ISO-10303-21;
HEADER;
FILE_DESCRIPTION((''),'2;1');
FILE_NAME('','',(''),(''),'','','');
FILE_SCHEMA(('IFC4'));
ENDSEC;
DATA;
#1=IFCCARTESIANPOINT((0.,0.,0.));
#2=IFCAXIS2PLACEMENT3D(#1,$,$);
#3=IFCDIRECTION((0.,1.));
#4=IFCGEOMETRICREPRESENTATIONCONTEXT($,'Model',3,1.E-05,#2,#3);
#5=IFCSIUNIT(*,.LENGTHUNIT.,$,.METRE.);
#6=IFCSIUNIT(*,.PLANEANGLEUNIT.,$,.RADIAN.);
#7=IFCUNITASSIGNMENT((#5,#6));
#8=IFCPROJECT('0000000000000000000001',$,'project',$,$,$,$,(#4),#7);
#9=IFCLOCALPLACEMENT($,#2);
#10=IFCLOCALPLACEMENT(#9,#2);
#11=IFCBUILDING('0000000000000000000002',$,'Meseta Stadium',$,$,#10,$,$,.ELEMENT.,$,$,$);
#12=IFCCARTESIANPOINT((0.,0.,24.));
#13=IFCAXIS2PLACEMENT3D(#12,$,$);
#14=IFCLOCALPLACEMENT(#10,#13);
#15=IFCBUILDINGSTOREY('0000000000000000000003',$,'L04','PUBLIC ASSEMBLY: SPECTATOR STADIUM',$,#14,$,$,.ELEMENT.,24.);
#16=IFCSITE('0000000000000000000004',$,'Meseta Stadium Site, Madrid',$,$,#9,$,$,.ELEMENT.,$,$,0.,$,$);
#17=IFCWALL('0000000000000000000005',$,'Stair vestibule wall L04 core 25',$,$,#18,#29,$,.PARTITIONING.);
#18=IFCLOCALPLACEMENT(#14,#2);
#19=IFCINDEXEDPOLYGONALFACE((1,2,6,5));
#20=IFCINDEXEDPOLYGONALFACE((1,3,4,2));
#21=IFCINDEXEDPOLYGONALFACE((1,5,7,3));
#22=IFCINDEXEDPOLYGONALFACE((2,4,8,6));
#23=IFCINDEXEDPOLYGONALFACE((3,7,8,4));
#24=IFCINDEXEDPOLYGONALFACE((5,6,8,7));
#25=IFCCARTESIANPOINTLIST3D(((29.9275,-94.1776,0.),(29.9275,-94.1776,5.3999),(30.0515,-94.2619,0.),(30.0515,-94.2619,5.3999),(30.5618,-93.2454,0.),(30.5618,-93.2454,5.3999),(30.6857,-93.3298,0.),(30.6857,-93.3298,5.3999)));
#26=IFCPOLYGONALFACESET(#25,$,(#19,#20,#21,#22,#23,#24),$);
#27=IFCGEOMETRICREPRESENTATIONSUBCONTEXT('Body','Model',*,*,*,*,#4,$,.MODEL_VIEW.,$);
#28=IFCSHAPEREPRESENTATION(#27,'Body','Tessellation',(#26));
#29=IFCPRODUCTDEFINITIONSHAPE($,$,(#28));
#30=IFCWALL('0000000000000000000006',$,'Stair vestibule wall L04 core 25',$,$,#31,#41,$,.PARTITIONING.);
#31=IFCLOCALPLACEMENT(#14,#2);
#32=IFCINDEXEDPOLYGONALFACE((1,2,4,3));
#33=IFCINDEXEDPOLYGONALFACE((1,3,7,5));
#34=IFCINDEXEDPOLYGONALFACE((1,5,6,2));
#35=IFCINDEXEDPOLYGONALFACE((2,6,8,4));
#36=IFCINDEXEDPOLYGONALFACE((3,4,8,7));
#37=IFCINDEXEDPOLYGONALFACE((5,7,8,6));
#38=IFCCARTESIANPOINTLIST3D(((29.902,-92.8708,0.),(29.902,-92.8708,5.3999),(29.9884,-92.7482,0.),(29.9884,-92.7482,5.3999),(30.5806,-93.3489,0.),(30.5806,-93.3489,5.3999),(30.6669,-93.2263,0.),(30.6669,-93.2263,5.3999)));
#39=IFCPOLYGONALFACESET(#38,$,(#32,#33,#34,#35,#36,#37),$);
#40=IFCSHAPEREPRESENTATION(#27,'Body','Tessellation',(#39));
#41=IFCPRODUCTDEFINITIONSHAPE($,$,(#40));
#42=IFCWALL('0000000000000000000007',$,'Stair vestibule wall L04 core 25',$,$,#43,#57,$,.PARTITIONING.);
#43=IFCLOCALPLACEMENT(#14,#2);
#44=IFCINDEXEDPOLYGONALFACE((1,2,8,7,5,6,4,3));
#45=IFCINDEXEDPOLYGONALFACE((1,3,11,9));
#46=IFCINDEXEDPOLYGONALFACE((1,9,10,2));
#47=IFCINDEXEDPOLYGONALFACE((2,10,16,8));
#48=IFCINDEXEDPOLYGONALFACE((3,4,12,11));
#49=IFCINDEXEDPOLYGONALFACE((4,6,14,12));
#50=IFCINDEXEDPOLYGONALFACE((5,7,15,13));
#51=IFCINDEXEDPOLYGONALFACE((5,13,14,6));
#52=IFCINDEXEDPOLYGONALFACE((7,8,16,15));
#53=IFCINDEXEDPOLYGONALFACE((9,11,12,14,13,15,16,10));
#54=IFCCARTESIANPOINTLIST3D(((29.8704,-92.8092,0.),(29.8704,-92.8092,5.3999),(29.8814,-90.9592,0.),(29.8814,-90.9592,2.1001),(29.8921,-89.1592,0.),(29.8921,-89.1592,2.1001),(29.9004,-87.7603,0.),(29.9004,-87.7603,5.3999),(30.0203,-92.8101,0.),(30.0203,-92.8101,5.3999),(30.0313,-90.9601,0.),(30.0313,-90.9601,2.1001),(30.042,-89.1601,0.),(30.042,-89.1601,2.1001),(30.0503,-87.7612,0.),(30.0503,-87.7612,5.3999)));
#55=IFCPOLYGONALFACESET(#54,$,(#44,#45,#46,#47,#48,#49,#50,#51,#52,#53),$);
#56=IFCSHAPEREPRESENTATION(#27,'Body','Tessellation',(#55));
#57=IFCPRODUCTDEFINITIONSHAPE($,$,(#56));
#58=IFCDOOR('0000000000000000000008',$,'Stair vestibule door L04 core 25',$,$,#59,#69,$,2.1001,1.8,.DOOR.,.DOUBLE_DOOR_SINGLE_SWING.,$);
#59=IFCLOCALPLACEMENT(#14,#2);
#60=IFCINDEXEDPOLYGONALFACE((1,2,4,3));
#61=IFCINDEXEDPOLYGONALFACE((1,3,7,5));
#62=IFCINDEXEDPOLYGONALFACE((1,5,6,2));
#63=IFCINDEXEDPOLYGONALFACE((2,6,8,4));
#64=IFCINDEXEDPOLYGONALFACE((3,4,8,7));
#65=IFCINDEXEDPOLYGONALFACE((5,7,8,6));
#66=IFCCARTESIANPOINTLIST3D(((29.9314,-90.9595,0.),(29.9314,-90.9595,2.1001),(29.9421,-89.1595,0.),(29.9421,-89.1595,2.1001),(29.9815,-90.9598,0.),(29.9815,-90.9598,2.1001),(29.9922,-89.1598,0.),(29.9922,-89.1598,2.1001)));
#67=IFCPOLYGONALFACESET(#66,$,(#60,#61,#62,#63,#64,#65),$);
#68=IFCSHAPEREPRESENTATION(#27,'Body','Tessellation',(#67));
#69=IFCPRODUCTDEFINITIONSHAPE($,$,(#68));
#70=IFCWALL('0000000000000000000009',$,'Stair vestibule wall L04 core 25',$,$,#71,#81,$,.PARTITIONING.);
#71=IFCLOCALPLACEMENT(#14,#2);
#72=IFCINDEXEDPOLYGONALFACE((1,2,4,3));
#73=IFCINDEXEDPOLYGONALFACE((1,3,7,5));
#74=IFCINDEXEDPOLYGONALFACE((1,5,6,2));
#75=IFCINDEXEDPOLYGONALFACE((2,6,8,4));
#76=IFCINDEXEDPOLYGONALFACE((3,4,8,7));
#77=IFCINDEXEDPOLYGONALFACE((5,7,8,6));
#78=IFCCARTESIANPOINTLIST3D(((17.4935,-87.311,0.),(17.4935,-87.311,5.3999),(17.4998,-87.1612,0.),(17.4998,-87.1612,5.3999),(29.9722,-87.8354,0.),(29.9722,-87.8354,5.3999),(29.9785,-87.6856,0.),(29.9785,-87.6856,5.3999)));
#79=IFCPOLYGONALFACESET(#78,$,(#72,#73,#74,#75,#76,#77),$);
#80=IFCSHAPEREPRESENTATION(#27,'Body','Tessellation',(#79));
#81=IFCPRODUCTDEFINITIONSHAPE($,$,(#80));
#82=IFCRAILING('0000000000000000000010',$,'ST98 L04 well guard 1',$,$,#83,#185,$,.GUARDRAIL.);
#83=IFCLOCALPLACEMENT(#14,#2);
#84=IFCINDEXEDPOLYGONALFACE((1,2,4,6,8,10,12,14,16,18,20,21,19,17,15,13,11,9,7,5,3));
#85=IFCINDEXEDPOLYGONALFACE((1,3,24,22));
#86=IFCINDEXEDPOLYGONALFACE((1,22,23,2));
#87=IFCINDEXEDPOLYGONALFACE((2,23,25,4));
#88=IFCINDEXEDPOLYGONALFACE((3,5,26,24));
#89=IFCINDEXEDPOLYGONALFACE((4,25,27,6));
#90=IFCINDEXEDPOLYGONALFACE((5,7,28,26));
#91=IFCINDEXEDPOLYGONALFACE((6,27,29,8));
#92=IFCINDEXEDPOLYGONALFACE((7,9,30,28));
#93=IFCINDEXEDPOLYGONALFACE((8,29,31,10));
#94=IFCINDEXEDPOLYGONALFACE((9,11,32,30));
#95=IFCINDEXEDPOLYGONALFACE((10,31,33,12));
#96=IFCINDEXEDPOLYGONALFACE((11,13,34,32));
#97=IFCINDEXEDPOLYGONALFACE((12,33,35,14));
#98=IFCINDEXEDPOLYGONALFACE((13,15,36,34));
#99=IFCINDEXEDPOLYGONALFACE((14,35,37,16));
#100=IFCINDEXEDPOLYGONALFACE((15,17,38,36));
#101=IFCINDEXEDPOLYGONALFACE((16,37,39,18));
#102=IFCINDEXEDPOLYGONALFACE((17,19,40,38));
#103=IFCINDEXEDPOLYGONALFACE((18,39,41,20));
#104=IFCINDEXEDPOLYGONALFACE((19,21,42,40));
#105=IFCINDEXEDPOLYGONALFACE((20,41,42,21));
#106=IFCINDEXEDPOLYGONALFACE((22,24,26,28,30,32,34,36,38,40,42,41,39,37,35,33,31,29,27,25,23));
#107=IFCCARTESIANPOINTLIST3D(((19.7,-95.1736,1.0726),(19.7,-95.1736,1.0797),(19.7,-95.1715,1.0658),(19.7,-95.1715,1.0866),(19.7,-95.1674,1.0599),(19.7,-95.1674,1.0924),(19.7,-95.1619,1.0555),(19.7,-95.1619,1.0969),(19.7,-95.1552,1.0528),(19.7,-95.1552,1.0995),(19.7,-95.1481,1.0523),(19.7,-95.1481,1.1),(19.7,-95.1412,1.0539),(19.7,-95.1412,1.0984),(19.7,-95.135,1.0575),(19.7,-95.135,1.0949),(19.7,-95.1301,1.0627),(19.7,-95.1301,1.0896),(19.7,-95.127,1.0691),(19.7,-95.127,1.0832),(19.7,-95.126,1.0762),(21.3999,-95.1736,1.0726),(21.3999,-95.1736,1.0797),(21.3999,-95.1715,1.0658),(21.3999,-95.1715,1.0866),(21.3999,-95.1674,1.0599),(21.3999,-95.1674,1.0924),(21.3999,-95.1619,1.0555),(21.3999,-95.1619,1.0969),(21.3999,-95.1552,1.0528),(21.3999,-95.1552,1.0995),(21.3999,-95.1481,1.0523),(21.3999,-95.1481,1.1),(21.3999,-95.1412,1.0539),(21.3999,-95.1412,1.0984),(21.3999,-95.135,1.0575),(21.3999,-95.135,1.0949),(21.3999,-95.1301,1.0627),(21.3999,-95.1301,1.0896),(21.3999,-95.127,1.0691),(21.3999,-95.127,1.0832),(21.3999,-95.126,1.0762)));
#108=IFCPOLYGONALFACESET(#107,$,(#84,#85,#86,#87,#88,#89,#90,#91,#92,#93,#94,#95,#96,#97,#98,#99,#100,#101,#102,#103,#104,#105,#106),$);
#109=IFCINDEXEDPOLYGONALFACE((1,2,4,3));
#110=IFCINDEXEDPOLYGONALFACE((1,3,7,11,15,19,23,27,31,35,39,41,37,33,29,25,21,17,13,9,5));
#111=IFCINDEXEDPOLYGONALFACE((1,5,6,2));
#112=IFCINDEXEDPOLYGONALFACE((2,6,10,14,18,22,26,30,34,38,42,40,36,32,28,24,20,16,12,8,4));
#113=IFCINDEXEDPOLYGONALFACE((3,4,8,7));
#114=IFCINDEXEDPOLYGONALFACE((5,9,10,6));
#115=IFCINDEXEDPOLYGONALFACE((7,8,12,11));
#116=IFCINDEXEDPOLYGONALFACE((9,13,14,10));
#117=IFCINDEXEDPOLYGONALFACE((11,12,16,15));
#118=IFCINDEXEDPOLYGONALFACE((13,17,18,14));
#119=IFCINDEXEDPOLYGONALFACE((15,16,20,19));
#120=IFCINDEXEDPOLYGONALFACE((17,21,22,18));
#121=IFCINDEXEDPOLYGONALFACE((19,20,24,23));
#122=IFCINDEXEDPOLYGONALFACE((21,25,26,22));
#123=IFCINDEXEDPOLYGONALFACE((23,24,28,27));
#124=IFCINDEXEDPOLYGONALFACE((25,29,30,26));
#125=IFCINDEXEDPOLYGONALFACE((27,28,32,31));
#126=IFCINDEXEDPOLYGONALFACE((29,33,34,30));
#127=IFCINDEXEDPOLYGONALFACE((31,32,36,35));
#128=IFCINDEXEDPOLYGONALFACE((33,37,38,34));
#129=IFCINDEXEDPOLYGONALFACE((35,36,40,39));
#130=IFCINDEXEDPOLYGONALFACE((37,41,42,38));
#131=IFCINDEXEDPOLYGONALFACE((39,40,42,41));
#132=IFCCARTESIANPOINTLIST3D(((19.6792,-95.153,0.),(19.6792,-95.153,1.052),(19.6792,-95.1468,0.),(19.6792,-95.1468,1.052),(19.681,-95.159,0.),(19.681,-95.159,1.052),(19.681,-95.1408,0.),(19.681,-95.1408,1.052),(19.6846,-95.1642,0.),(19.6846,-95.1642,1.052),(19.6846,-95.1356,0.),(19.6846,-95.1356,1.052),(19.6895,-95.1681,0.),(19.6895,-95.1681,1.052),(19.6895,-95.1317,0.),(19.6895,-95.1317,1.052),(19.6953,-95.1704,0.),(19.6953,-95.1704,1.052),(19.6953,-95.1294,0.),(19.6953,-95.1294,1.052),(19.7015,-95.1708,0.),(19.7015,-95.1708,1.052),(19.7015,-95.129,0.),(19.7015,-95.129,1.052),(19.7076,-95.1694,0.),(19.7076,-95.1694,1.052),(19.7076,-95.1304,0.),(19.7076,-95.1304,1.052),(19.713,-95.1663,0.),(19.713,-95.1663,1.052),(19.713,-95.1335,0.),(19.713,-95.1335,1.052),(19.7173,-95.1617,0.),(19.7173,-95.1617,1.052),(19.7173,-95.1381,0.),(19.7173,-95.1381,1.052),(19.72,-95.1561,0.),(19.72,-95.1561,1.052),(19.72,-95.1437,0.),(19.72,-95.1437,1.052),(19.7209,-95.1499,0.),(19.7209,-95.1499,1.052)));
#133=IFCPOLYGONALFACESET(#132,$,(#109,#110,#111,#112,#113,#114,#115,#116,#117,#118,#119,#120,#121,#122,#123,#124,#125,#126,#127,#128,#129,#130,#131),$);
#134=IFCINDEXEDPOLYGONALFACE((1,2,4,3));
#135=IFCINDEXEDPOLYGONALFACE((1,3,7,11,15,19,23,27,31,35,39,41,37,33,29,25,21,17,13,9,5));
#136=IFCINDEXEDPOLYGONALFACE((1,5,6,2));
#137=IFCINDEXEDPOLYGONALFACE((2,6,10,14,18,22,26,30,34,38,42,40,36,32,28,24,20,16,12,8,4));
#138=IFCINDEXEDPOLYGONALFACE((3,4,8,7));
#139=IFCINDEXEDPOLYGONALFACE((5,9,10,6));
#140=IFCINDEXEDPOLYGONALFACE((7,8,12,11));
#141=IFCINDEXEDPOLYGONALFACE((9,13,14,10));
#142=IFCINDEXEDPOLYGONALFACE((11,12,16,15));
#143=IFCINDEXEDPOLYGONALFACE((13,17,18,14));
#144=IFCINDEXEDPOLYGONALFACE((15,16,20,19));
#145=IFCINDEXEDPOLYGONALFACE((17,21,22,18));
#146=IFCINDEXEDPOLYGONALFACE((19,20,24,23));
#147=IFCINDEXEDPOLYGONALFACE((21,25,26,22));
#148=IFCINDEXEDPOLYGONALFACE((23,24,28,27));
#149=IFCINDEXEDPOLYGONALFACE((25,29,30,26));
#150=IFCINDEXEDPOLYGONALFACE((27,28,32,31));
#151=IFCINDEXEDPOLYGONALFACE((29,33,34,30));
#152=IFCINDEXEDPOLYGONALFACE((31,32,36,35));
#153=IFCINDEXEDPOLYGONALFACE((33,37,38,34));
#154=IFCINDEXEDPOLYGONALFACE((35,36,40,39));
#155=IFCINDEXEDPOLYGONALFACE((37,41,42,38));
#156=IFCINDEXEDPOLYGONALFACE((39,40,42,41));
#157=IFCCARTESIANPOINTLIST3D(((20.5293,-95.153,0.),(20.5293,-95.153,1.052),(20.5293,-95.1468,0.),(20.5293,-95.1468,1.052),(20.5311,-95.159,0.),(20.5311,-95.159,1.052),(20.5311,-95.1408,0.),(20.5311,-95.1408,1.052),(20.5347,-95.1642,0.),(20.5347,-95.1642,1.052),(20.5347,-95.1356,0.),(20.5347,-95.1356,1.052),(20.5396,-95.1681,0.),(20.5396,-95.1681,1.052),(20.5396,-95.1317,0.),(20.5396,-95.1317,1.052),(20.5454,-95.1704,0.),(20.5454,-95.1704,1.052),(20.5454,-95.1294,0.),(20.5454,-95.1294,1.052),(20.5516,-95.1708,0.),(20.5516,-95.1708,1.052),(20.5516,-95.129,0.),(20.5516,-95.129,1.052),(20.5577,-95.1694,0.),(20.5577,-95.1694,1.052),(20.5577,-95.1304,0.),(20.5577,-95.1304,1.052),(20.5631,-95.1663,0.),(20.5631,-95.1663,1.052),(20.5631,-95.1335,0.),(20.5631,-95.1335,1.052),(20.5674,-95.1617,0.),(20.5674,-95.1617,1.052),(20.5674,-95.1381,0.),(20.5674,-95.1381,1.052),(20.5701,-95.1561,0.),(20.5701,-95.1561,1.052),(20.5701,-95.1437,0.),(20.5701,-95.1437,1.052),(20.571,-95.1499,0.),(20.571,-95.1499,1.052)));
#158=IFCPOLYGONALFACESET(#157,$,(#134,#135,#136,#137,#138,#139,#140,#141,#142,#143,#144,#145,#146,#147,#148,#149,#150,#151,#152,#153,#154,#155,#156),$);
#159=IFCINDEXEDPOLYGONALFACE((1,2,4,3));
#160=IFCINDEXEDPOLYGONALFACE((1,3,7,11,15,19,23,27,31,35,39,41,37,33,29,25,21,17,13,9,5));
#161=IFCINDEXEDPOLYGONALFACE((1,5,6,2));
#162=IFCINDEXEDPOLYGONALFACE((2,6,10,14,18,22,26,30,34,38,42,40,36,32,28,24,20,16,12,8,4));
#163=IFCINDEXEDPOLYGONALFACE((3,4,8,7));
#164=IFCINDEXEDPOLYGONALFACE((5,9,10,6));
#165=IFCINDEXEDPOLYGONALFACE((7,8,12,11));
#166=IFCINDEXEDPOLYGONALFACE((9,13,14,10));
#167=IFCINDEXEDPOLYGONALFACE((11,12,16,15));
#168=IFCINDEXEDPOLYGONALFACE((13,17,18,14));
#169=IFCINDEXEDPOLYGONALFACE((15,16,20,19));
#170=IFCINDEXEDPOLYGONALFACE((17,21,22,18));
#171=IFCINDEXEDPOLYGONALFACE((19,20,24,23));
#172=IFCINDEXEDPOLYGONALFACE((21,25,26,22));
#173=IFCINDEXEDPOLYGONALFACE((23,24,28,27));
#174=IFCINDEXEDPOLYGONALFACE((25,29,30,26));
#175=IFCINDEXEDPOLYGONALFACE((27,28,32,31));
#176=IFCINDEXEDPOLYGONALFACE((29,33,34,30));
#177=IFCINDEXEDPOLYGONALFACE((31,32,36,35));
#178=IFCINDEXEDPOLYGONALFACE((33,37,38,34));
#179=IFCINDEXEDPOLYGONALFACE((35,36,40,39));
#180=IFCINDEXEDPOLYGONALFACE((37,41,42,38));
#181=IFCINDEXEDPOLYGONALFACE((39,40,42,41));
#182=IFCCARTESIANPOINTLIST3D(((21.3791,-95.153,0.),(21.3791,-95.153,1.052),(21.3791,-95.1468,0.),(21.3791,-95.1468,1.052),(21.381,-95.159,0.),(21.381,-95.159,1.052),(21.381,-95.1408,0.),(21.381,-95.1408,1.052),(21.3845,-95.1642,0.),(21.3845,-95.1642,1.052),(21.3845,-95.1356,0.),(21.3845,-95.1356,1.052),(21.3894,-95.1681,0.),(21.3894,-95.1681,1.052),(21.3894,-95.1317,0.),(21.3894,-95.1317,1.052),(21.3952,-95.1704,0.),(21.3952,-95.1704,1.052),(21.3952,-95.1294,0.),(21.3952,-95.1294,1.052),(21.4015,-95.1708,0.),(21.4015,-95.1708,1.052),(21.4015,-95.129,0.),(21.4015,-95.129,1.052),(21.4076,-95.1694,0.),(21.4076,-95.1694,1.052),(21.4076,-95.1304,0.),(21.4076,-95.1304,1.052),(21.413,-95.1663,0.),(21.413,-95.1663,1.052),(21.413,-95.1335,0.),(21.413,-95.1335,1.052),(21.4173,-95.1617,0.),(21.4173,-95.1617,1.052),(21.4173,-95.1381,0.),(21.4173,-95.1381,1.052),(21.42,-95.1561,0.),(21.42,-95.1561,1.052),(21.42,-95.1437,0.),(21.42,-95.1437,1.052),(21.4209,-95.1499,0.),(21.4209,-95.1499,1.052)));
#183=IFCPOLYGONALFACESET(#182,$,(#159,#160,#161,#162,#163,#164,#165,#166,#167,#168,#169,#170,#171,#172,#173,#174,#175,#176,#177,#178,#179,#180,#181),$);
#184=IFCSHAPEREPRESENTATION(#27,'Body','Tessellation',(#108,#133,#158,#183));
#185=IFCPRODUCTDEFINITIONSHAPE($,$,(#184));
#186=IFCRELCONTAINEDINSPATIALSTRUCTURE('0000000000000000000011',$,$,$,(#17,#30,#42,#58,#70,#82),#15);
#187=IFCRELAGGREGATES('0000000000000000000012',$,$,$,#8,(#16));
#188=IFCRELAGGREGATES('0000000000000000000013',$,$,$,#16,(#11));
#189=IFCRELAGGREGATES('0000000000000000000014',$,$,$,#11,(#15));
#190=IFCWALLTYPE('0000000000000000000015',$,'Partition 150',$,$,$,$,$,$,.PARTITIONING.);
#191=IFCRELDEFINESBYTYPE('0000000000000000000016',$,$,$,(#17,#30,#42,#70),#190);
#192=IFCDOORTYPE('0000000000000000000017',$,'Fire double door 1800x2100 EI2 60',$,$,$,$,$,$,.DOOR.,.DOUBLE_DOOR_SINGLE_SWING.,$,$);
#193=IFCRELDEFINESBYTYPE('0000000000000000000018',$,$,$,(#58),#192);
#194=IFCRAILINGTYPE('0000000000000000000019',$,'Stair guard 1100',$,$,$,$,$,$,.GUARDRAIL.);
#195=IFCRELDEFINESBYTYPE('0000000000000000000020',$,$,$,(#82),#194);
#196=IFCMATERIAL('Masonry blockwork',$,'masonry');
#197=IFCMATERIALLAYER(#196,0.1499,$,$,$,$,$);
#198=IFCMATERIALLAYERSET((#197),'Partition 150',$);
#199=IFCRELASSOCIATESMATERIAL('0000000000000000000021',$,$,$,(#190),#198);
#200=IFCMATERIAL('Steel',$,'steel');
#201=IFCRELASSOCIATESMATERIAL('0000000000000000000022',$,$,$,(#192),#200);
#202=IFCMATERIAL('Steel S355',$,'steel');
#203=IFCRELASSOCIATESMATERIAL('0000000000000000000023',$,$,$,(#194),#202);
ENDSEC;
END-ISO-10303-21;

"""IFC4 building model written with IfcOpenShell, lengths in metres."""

from ifc_helpers import new_model, si_unit, direction, frame, frame_2d, origin, origin_2d, place, context, subcontext, project, spatial, rectangle, circle, extrude, material, layer, layer_set, type_object, element, fill, save


model = new_model("IFC4")

# Units and contexts
model_context = context("Model", 3, precision=1e-05, world=origin(), true_north=direction((0.0, 1.0)))
body_context = subcontext(model_context, "Body", "Model", "MODEL_VIEW")
ifc_project = project(units=[si_unit("LENGTHUNIT", "METRE"), si_unit("PLANEANGLEUNIT", "RADIAN")], contexts=[model_context])

# Site, building, storey
site_placement = place(None, origin())
site = spatial("IfcSite", under=ifc_project, at=site_placement, Name="Meseta Stadium Site, Madrid", CompositionType="ELEMENT", RefElevation=0.0)
building_placement = place(site_placement, origin())
building = spatial("IfcBuilding", under=site, at=building_placement, Name="Meseta Stadium", CompositionType="ELEMENT")
storey_placement = place(building_placement, frame((0.0, 0.0, 24.0)))
storey = spatial("IfcBuildingStorey", under=building, at=storey_placement, Name="L04", Description="PUBLIC ASSEMBLY: SPECTATOR STADIUM", CompositionType="ELEMENT", Elevation=24.0)

# Shared definitions
ifc_material_1 = material(Name="Masonry blockwork", Category="masonry")
ifc_layer_1 = layer(ifc_material_1, 0.1499)
ifc_layer_set_1 = layer_set([ifc_layer_1], Name="Partition 150")
wall_type_1 = type_object("IfcWallType", Name="Partition 150", PredefinedType="PARTITIONING", material=ifc_layer_set_1)

# Walls
wall_1_placement = place(storey_placement, frame((29.9895, -94.2197, 0.0), z_axis=(0.0, 0.0, 1.0), x_axis=(0.562571, 0.826749, 0.0)))
element("IfcWall", 1, at=wall_1_placement, inside=storey, type_object=wall_type_1, Name="Stair vestibule wall L04 core 25", PredefinedType="PARTITIONING", context=body_context, shape_type="SweptSolid", body=[
    extrude(rectangle(XDim=1.1274, YDim=0.1499, at=frame_2d((0.5637, 0.0))), origin(), (0.0, 0.0, 1.0), 5.3999),
])
wall_2_placement = place(storey_placement, frame((30.6238, -93.2876, 0.0), z_axis=(0.0, 0.0, 1.0), x_axis=(-0.817473, 0.575967, 0.0)))
element("IfcWall", 2, at=wall_2_placement, inside=storey, type_object=wall_type_1, Name="Stair vestibule wall L04 core 25", PredefinedType="PARTITIONING", context=body_context, shape_type="SweptSolid", body=[
    extrude(rectangle(XDim=0.8301, YDim=0.1499, at=frame_2d((0.415, 0.0))), origin(), (0.0, 0.0, 1.0), 5.3999),
])

# Wall, opening, door
wall_3_placement = place(storey_placement, frame((29.9453, -92.8096, 0.0), z_axis=(0.0, 0.0, 1.0), x_axis=(0.005947, 0.999982, 0.0)))
wall_3 = element("IfcWall", 3, at=wall_3_placement, inside=storey, type_object=wall_type_1, Name="Stair vestibule wall L04 core 25", PredefinedType="PARTITIONING", context=body_context, shape_type="SweptSolid", body=[
    extrude(rectangle(XDim=5.0491, YDim=0.1499, at=frame_2d((2.5244, 0.0))), origin(), (0.0, 0.0, 1.0), 5.3999),
])
opening_1_placement = place(wall_3_placement, frame((1.8501, 0.0, 0.0)))
opening_1 = element("IfcOpeningElement", 4, at=opening_1_placement, cuts=wall_3, PredefinedType="OPENING", context=body_context, shape_type="SweptSolid", body=[
    extrude(rectangle(XDim=1.8, YDim=2.1001, at=frame_2d((0.8999, 1.05))), frame((0.0, 0.085, 0.0), z_axis=(0.0, -1.0, 0.0), x_axis=(1.0, 0.0, 0.0)), (0.0, 0.0, 1.0), 0.1699),
])
ifc_material_2 = material(Name="Steel", Category="steel")
door_type_1 = type_object("IfcDoorType", Name="Fire double door 1800x2100 EI2 60", OperationType="DOUBLE_DOOR_SINGLE_SWING", PredefinedType="DOOR", material=ifc_material_2)
door_1_placement = place(opening_1_placement, origin())
door_1 = element("IfcDoor", 5, at=door_1_placement, inside=storey, type_object=door_type_1, Name="Stair vestibule door L04 core 25", OperationType="DOUBLE_DOOR_SINGLE_SWING", OverallHeight=2.1001, OverallWidth=1.8, PredefinedType="DOOR", context=body_context, shape_type="SweptSolid", body=[
    extrude(rectangle(XDim=1.8, YDim=2.1001, at=frame_2d((0.8999, 1.05))), frame((0.0, 0.0249, 0.0), z_axis=(0.0, -1.0, 0.0), x_axis=(1.0, 0.0, 0.0)), (0.0, 0.0, 1.0), 0.05),
])
fill(opening_1, door_1)

# Wall
wall_4_placement = place(storey_placement, frame((29.9753, -87.7605, 0.0), z_axis=(0.0, 0.0, 1.0), x_axis=(-0.999118, 0.041987, 0.0)))
element("IfcWall", 6, at=wall_4_placement, inside=storey, type_object=wall_type_1, Name="Stair vestibule wall L04 core 25", PredefinedType="PARTITIONING", context=body_context, shape_type="SweptSolid", body=[
    extrude(rectangle(XDim=12.4897, YDim=0.1499, at=frame_2d((6.2449, 0.0))), origin(), (0.0, 0.0, 1.0), 5.3999),
])

# Railing
ifc_material_3 = material(Name="Steel S355", Category="steel")
railing_type_1 = type_object("IfcRailingType", Name="Stair guard 1100", PredefinedType="GUARDRAIL", material=ifc_material_3)
for number, where, name in (
    (7, (19.7, -95.1499, 0.0), "ST98 L04 well guard 1"),
):
    element("IfcRailing", number, at=place(storey_placement, frame(where)), inside=storey, type_object=railing_type_1, Name=name, PredefinedType="GUARDRAIL", context=body_context, shape_type="SweptSolid", body=[
        extrude(circle(Radius=0.0239, at=origin_2d()), frame((0.0, 0.0, 1.0762), z_axis=(1.0, 0.0, 0.0), x_axis=(0.0, 1.0, 0.0)), (0.0, 0.0, 1.0), 1.7),
        extrude(circle(Radius=0.021, at=origin_2d()), origin(), (0.0, 0.0, 1.0), 1.052),
        extrude(circle(Radius=0.021, at=origin_2d()), frame((0.8501, 0.0, 0.0)), (0.0, 0.0, 1.0), 1.052),
        extrude(circle(Radius=0.021, at=origin_2d()), frame((1.7, 0.0, 0.0)), (0.0, 0.0, 1.0), 1.052),
    ])

save(model, "model.ifc")
